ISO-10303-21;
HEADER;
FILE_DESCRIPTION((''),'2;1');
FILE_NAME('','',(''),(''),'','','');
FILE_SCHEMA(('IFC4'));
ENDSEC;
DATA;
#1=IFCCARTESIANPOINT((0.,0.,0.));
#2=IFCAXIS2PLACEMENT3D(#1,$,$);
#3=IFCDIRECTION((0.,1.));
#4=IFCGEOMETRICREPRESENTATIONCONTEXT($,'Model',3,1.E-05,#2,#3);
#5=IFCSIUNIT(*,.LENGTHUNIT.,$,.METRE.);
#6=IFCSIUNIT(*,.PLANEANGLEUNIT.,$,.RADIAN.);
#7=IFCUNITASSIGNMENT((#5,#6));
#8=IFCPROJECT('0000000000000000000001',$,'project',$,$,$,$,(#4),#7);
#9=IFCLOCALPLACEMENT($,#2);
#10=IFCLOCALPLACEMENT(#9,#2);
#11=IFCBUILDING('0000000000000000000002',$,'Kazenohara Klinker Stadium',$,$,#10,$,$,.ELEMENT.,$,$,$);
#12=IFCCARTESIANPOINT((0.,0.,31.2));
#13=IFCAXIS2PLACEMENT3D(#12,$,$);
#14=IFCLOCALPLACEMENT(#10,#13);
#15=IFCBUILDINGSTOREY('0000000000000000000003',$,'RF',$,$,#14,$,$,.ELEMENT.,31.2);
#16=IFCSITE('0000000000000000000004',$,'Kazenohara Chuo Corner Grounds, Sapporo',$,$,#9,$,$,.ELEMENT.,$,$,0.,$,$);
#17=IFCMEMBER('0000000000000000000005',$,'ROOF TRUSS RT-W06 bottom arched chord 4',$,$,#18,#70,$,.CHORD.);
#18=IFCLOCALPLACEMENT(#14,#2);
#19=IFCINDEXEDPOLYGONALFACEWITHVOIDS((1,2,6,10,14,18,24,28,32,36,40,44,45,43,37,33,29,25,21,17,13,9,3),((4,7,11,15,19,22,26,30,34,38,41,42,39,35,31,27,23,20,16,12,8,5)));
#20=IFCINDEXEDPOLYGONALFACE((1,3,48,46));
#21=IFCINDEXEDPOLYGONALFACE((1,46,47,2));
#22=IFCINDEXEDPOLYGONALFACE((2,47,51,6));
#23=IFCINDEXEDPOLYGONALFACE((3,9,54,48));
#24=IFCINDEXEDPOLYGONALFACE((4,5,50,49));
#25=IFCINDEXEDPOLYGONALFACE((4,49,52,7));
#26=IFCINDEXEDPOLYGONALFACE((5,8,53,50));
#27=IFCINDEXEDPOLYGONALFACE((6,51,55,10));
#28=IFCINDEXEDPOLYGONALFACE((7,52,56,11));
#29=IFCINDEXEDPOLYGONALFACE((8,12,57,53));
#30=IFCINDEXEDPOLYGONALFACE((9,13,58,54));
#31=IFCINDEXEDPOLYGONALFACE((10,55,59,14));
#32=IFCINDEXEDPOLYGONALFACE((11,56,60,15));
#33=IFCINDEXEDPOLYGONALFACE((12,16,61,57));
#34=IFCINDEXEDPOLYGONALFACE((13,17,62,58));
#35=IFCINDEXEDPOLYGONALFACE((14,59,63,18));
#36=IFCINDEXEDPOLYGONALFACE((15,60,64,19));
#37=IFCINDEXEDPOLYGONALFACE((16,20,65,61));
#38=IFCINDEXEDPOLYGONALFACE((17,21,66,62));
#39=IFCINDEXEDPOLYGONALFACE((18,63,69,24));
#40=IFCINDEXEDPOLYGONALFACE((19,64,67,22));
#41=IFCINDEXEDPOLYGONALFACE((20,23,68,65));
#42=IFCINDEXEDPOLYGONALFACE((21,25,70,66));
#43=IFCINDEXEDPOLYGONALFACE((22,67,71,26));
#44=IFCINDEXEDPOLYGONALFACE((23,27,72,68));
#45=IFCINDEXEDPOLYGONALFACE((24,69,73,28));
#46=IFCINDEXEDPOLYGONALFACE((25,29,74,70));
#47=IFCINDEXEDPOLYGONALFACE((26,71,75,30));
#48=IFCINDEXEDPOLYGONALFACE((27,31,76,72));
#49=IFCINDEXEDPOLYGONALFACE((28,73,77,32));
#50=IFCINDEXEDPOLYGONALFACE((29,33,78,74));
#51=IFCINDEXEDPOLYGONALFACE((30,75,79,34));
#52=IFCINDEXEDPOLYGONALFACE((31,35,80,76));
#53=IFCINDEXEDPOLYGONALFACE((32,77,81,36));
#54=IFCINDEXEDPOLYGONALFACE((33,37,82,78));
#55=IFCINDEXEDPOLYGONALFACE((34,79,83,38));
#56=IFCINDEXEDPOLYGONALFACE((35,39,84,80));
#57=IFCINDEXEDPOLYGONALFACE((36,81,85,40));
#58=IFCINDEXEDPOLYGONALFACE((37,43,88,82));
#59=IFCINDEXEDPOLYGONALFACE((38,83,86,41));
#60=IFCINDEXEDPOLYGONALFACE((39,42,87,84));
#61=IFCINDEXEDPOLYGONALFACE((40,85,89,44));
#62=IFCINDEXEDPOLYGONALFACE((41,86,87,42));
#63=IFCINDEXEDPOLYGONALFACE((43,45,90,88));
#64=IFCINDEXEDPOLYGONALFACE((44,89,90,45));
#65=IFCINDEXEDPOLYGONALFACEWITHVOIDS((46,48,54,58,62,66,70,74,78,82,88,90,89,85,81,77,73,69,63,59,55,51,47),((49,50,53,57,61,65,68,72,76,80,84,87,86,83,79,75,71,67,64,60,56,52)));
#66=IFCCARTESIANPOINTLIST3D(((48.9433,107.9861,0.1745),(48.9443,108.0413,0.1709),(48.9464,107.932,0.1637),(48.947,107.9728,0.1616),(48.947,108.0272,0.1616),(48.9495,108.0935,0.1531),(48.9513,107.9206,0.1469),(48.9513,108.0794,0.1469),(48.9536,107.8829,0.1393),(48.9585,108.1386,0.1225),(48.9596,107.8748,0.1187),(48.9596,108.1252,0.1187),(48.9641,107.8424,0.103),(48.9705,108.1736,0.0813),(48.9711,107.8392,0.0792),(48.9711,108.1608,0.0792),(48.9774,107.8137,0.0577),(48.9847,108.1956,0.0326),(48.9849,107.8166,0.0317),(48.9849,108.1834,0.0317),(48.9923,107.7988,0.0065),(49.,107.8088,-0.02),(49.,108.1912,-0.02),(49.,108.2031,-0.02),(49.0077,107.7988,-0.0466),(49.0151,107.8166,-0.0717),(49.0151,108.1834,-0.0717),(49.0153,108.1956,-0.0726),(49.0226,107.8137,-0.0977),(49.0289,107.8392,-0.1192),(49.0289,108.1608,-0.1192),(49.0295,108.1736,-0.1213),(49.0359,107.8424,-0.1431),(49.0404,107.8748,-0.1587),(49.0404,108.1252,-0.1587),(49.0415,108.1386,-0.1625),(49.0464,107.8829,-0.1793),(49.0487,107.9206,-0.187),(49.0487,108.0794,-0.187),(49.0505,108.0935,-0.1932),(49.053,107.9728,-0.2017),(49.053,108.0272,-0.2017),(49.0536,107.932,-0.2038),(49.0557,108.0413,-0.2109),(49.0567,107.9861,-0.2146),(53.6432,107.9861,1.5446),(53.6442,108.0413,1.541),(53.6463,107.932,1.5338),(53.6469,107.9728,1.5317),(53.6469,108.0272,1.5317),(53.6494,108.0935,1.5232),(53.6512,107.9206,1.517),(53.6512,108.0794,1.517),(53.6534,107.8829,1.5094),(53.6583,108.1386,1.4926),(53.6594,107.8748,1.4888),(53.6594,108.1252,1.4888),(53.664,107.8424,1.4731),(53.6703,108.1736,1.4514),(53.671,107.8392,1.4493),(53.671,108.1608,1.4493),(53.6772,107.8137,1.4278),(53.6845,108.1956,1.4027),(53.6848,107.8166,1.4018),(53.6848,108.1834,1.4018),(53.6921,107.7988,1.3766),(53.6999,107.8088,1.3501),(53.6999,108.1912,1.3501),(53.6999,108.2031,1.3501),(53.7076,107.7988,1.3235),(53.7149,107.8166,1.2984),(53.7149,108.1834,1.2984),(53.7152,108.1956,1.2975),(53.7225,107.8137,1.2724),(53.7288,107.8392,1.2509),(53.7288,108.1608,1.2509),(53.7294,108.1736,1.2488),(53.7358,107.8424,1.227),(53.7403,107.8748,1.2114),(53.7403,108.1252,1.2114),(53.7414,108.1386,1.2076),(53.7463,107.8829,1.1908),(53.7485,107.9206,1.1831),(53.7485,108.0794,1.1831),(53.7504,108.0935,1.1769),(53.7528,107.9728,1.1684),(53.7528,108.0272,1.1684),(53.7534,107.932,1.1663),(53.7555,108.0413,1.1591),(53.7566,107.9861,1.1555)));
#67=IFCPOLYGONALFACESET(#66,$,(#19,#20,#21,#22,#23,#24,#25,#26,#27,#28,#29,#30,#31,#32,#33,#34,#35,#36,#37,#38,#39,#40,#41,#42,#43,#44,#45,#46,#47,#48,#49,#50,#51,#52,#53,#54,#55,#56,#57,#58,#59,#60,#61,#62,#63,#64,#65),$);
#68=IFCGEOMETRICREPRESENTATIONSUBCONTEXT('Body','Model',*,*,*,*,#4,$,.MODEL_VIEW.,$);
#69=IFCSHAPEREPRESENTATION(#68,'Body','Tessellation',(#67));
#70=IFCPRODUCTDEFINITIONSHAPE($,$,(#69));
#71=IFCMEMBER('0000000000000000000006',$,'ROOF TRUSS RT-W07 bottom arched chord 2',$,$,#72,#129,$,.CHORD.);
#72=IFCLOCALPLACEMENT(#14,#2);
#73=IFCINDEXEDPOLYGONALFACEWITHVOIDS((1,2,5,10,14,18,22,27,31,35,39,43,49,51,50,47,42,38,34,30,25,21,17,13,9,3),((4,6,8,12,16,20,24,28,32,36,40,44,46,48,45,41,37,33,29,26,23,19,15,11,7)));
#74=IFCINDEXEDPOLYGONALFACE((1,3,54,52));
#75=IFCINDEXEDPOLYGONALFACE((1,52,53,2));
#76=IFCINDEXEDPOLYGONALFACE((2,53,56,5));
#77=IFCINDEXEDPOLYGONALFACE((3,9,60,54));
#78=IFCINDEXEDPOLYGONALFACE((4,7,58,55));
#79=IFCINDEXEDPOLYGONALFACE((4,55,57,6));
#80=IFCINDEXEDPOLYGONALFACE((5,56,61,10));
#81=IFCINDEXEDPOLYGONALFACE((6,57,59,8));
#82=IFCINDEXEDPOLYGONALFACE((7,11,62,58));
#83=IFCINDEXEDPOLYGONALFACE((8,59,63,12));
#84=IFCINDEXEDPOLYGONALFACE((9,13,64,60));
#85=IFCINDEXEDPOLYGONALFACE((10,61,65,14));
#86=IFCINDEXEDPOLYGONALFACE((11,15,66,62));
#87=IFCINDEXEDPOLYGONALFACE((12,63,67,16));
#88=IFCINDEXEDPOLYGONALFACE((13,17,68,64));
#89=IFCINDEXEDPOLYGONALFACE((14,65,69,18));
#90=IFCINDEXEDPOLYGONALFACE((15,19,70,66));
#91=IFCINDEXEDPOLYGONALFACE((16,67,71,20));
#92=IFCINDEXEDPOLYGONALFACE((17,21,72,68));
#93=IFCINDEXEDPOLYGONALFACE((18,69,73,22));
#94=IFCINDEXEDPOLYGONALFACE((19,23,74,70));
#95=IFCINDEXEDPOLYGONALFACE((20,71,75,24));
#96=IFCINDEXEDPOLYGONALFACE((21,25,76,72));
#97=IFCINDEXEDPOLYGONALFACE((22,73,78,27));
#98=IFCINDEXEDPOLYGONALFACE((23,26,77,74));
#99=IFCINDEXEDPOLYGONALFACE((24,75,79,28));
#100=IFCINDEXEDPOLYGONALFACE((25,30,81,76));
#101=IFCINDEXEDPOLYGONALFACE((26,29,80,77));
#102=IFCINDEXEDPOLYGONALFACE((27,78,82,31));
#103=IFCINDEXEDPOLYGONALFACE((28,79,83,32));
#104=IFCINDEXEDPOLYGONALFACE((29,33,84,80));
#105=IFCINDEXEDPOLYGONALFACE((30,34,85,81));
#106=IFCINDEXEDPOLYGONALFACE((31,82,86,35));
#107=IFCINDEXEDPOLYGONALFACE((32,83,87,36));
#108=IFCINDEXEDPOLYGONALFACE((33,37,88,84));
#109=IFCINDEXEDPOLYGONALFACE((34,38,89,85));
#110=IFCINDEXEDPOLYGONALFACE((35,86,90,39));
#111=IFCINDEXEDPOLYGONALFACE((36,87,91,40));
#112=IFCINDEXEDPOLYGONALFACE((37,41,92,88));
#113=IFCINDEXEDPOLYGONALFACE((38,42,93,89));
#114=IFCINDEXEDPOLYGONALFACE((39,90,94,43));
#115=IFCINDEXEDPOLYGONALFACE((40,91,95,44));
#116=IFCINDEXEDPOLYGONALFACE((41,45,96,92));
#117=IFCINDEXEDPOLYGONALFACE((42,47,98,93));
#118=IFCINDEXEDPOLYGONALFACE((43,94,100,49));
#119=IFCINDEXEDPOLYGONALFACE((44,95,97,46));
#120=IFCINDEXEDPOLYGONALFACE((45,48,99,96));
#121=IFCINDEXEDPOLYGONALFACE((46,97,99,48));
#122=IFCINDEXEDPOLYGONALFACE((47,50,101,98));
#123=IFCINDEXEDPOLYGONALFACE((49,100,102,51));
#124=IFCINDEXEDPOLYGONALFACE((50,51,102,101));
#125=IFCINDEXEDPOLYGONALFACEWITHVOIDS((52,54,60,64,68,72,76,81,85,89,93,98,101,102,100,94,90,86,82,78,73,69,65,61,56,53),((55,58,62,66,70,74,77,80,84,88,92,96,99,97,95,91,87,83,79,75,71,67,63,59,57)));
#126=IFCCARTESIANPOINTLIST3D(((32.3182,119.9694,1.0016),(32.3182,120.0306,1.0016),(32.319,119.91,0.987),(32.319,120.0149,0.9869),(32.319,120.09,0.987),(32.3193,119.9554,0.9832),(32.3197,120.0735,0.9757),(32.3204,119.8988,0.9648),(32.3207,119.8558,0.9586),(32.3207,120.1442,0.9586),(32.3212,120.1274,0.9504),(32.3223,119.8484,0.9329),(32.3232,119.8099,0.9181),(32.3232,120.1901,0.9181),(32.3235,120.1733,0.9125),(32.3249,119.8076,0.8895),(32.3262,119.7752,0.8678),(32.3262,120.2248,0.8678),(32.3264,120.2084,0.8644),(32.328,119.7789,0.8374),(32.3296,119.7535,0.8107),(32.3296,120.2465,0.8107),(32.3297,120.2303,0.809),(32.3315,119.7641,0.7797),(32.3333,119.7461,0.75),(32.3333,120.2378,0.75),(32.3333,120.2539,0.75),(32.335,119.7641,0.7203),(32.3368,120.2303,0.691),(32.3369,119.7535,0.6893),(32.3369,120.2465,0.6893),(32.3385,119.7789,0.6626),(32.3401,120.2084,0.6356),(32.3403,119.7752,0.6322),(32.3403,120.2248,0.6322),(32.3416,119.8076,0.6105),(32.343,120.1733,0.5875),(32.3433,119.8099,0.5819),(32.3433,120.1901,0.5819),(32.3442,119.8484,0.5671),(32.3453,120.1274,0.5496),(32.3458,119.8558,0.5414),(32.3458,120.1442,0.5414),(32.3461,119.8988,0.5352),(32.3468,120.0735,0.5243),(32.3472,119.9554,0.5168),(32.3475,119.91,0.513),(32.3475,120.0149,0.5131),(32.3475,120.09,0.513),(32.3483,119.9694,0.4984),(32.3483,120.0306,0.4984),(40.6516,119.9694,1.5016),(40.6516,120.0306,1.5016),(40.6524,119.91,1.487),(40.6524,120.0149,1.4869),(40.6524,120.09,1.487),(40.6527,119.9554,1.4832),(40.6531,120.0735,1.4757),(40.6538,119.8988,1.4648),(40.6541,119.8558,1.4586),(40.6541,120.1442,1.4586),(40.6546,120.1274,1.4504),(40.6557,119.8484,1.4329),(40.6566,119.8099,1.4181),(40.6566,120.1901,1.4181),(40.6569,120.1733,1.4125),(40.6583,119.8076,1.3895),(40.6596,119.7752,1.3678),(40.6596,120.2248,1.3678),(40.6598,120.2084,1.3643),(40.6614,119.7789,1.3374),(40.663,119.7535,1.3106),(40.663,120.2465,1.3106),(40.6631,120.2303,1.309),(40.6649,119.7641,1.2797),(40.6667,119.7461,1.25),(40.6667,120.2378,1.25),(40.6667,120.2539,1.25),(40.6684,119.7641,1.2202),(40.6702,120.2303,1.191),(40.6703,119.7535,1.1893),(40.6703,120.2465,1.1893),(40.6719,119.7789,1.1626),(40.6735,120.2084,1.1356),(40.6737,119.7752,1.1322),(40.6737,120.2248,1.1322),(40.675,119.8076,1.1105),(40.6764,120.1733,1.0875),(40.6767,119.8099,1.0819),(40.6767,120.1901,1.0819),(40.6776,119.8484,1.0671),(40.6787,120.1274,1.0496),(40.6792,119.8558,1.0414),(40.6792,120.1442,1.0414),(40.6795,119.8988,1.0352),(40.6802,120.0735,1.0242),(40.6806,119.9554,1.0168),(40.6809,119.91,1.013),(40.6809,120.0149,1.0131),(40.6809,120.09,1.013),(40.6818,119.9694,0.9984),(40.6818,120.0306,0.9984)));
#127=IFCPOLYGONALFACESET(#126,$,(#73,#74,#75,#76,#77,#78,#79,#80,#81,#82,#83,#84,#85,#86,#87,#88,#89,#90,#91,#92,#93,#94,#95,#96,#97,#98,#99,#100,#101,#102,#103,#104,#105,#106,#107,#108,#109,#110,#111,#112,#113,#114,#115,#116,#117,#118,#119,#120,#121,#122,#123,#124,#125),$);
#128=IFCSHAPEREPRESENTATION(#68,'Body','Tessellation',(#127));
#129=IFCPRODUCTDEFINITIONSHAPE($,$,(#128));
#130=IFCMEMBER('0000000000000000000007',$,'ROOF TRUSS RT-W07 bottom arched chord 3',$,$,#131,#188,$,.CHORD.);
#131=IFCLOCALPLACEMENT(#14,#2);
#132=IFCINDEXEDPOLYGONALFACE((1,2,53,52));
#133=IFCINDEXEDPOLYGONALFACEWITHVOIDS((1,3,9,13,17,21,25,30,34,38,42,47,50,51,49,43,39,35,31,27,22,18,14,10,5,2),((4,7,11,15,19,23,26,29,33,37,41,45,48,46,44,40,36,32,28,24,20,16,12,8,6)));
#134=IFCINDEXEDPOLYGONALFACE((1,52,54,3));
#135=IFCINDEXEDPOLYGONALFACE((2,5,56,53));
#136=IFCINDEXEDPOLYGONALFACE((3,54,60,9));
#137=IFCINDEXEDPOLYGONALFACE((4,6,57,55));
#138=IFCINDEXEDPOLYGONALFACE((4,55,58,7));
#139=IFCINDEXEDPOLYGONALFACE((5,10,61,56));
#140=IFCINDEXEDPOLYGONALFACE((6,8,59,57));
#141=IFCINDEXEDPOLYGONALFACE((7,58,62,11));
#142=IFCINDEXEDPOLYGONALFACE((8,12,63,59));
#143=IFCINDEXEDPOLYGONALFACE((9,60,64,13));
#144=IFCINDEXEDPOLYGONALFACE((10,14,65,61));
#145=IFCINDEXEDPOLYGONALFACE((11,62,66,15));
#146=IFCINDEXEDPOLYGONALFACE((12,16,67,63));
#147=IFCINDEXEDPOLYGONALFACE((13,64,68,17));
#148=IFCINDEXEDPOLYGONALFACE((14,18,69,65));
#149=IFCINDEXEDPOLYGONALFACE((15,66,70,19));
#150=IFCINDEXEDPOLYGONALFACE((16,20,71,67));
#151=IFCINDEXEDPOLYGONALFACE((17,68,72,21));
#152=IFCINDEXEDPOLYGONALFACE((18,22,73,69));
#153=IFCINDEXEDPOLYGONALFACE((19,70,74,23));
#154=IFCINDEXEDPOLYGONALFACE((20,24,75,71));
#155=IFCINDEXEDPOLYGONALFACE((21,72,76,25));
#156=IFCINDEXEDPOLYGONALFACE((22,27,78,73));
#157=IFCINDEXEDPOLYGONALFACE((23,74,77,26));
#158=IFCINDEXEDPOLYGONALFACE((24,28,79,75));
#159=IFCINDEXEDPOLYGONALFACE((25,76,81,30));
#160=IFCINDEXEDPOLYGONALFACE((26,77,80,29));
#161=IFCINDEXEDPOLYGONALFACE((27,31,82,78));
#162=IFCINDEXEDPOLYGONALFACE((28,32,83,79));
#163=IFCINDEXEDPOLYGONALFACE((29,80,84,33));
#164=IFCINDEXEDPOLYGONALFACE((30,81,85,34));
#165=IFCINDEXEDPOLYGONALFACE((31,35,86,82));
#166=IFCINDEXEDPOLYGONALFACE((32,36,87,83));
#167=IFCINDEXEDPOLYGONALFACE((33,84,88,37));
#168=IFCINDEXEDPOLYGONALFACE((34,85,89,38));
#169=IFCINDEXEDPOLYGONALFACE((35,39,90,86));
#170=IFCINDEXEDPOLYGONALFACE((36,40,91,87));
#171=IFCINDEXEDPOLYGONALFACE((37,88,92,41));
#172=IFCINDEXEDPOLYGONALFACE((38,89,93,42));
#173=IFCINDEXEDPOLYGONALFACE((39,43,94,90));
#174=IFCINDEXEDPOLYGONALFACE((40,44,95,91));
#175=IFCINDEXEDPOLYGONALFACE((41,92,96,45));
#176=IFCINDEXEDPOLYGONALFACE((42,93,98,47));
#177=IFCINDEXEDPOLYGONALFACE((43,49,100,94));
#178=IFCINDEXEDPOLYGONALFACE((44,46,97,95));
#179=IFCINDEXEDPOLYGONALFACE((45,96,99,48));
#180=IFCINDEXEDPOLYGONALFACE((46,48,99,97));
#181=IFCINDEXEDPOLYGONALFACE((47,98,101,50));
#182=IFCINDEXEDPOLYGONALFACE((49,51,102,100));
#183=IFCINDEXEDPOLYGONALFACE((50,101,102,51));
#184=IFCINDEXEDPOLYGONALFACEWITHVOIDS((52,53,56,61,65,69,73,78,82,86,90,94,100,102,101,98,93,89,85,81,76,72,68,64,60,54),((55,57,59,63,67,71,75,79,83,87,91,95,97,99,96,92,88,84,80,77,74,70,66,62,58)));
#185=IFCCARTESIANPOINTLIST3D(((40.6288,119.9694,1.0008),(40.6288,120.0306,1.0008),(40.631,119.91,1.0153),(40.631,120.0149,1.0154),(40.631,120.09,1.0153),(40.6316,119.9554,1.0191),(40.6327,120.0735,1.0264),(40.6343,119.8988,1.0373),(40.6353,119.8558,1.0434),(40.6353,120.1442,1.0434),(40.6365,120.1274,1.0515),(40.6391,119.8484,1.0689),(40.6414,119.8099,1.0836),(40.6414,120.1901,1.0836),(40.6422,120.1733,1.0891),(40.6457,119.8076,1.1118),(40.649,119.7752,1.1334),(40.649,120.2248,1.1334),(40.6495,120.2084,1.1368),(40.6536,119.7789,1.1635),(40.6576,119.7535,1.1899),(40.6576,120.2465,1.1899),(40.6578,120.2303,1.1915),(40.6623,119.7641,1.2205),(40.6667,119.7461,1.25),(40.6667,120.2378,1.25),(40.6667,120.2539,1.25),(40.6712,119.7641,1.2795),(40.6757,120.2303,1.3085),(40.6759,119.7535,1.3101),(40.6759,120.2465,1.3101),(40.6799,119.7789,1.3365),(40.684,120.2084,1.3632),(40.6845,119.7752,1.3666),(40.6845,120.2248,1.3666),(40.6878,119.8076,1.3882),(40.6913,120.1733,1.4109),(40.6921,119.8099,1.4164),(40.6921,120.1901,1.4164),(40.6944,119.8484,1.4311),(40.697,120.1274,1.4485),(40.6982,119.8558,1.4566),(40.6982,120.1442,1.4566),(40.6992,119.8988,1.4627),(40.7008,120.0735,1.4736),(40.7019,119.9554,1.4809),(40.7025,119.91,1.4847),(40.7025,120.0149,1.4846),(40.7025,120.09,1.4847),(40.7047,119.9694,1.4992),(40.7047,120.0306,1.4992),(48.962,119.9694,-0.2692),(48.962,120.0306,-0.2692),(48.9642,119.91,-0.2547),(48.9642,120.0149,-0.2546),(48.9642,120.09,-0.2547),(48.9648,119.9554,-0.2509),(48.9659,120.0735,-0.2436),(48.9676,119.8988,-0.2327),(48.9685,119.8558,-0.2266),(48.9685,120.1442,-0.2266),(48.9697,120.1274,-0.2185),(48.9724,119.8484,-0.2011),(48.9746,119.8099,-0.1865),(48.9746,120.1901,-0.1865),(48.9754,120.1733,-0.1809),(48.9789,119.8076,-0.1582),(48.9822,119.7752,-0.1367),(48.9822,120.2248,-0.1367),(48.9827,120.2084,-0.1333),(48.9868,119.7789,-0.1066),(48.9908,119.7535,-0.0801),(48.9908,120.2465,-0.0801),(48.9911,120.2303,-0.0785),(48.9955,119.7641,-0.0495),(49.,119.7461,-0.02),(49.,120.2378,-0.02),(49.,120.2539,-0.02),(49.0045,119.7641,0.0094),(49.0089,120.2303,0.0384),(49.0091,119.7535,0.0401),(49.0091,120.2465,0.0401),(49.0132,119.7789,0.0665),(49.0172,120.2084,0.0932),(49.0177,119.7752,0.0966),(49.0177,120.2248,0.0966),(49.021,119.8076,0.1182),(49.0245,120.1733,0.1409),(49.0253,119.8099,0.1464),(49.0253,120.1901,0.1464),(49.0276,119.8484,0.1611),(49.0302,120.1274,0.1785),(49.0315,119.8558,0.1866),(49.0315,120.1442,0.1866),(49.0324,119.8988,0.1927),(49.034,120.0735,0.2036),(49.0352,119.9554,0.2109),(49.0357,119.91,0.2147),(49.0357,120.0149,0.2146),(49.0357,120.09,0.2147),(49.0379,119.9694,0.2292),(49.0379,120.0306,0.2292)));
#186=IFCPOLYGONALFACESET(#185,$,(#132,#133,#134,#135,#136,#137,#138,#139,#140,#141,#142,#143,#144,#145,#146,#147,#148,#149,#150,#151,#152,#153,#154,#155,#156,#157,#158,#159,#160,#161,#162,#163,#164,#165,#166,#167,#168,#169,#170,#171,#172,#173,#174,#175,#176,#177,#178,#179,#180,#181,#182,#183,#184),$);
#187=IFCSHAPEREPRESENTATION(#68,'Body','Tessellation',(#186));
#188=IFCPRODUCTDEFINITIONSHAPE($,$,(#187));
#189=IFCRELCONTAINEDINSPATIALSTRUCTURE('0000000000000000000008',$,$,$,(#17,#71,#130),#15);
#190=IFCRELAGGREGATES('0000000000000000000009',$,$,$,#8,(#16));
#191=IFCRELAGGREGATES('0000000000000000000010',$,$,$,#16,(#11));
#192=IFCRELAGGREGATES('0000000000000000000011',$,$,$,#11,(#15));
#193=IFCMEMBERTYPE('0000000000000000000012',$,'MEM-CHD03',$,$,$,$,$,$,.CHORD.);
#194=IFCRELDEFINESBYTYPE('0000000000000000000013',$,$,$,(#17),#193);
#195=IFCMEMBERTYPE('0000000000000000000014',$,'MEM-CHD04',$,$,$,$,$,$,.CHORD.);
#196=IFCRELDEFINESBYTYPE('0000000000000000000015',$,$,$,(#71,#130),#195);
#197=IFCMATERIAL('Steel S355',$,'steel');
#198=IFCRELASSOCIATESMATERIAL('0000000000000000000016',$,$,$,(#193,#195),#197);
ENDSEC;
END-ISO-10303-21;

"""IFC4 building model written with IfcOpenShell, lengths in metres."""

from ifc_helpers import new_model, si_unit, direction, frame, origin, origin_2d, place, context, subcontext, project, spatial, hollow_circle, extrude, material, material_profile, profile_set, type_object, element, save


model = new_model("IFC4")

# Units and contexts
model_context = context("Model", 3, precision=1e-05, world=origin(), true_north=direction((0.0, 1.0)))
body_context = subcontext(model_context, "Body", "Model", "MODEL_VIEW")
ifc_project = project(units=[si_unit("LENGTHUNIT", "METRE"), si_unit("PLANEANGLEUNIT", "RADIAN")], contexts=[model_context])

# Site, building, storey
site_placement = place(None, origin())
site = spatial("IfcSite", under=ifc_project, at=site_placement, Name="Kazenohara Chuo Corner Grounds, Sapporo", CompositionType="ELEMENT", RefElevation=0.0)
building_placement = place(site_placement, origin())
building = spatial("IfcBuilding", under=site, at=building_placement, Name="Kazenohara Klinker Stadium", CompositionType="ELEMENT")
storey_placement = place(building_placement, frame((0.0, 0.0, 31.2)))
storey = spatial("IfcBuildingStorey", under=building, at=storey_placement, Name="RF", CompositionType="ELEMENT", Elevation=31.2)

# Members
ifc_material = material(Name="Steel S355", Category="steel")
ifc_material_profile_1 = material_profile(ifc_material, hollow_circle(Radius=0.2031, WallThickness=0.012, at=origin_2d()), Name="CHS-406.4x12")
ifc_profile_set_1 = profile_set([ifc_material_profile_1], Name="Steel S355")
member_type_1 = type_object("IfcMemberType", Name="MEM-CHD03", PredefinedType="CHORD", material=ifc_profile_set_1)
member_1_placement = place(storey_placement, frame((49.0, 108.0, -0.02), z_axis=(0.960039, 0.0, 0.279868), x_axis=(0.0, 1.0, 0.0)))
element("IfcMember", 1, at=member_1_placement, inside=storey, type_object=member_type_1, Name="ROOF TRUSS RT-W06 bottom arched chord 4", PredefinedType="CHORD", context=body_context, shape_type="SweptSolid", body=[
    extrude(hollow_circle(Radius=0.2031, WallThickness=0.012, at=origin_2d()), origin(), (0.0, 0.0, 1.0), 4.8955),
])
ifc_material_profile_2 = material_profile(ifc_material, hollow_circle(Radius=0.2539, WallThickness=0.0161, at=origin_2d()), Name="CHS-508.0x16")
ifc_profile_set_2 = profile_set([ifc_material_profile_2], Name="Steel S355")
member_type_2 = type_object("IfcMemberType", Name="MEM-CHD04", PredefinedType="CHORD", material=ifc_profile_set_2)
member_2_placement = place(storey_placement, frame((32.3333, 120.0, 0.75), z_axis=(0.998205, 0.0, 0.059891), x_axis=(0.0, 1.0, 0.0)))
element("IfcMember", 2, at=member_2_placement, inside=storey, type_object=member_type_2, Name="ROOF TRUSS RT-W07 bottom arched chord 2", PredefinedType="CHORD", context=body_context, shape_type="SweptSolid", body=[
    extrude(hollow_circle(Radius=0.2539, WallThickness=0.0161, at=origin_2d()), origin(), (0.0, 0.0, 1.0), 8.3484),
])
member_3_placement = place(storey_placement, frame((40.6667, 120.0, 1.25), z_axis=(0.988585, 0.0, -0.150664), x_axis=(0.0, 1.0, 0.0)))
element("IfcMember", 3, at=member_3_placement, inside=storey, type_object=member_type_2, Name="ROOF TRUSS RT-W07 bottom arched chord 3", PredefinedType="CHORD", context=body_context, shape_type="SweptSolid", body=[
    extrude(hollow_circle(Radius=0.2539, WallThickness=0.0161, at=origin_2d()), origin(), (0.0, 0.0, 1.0), 8.4294),
])

save(model, "model.ifc")
